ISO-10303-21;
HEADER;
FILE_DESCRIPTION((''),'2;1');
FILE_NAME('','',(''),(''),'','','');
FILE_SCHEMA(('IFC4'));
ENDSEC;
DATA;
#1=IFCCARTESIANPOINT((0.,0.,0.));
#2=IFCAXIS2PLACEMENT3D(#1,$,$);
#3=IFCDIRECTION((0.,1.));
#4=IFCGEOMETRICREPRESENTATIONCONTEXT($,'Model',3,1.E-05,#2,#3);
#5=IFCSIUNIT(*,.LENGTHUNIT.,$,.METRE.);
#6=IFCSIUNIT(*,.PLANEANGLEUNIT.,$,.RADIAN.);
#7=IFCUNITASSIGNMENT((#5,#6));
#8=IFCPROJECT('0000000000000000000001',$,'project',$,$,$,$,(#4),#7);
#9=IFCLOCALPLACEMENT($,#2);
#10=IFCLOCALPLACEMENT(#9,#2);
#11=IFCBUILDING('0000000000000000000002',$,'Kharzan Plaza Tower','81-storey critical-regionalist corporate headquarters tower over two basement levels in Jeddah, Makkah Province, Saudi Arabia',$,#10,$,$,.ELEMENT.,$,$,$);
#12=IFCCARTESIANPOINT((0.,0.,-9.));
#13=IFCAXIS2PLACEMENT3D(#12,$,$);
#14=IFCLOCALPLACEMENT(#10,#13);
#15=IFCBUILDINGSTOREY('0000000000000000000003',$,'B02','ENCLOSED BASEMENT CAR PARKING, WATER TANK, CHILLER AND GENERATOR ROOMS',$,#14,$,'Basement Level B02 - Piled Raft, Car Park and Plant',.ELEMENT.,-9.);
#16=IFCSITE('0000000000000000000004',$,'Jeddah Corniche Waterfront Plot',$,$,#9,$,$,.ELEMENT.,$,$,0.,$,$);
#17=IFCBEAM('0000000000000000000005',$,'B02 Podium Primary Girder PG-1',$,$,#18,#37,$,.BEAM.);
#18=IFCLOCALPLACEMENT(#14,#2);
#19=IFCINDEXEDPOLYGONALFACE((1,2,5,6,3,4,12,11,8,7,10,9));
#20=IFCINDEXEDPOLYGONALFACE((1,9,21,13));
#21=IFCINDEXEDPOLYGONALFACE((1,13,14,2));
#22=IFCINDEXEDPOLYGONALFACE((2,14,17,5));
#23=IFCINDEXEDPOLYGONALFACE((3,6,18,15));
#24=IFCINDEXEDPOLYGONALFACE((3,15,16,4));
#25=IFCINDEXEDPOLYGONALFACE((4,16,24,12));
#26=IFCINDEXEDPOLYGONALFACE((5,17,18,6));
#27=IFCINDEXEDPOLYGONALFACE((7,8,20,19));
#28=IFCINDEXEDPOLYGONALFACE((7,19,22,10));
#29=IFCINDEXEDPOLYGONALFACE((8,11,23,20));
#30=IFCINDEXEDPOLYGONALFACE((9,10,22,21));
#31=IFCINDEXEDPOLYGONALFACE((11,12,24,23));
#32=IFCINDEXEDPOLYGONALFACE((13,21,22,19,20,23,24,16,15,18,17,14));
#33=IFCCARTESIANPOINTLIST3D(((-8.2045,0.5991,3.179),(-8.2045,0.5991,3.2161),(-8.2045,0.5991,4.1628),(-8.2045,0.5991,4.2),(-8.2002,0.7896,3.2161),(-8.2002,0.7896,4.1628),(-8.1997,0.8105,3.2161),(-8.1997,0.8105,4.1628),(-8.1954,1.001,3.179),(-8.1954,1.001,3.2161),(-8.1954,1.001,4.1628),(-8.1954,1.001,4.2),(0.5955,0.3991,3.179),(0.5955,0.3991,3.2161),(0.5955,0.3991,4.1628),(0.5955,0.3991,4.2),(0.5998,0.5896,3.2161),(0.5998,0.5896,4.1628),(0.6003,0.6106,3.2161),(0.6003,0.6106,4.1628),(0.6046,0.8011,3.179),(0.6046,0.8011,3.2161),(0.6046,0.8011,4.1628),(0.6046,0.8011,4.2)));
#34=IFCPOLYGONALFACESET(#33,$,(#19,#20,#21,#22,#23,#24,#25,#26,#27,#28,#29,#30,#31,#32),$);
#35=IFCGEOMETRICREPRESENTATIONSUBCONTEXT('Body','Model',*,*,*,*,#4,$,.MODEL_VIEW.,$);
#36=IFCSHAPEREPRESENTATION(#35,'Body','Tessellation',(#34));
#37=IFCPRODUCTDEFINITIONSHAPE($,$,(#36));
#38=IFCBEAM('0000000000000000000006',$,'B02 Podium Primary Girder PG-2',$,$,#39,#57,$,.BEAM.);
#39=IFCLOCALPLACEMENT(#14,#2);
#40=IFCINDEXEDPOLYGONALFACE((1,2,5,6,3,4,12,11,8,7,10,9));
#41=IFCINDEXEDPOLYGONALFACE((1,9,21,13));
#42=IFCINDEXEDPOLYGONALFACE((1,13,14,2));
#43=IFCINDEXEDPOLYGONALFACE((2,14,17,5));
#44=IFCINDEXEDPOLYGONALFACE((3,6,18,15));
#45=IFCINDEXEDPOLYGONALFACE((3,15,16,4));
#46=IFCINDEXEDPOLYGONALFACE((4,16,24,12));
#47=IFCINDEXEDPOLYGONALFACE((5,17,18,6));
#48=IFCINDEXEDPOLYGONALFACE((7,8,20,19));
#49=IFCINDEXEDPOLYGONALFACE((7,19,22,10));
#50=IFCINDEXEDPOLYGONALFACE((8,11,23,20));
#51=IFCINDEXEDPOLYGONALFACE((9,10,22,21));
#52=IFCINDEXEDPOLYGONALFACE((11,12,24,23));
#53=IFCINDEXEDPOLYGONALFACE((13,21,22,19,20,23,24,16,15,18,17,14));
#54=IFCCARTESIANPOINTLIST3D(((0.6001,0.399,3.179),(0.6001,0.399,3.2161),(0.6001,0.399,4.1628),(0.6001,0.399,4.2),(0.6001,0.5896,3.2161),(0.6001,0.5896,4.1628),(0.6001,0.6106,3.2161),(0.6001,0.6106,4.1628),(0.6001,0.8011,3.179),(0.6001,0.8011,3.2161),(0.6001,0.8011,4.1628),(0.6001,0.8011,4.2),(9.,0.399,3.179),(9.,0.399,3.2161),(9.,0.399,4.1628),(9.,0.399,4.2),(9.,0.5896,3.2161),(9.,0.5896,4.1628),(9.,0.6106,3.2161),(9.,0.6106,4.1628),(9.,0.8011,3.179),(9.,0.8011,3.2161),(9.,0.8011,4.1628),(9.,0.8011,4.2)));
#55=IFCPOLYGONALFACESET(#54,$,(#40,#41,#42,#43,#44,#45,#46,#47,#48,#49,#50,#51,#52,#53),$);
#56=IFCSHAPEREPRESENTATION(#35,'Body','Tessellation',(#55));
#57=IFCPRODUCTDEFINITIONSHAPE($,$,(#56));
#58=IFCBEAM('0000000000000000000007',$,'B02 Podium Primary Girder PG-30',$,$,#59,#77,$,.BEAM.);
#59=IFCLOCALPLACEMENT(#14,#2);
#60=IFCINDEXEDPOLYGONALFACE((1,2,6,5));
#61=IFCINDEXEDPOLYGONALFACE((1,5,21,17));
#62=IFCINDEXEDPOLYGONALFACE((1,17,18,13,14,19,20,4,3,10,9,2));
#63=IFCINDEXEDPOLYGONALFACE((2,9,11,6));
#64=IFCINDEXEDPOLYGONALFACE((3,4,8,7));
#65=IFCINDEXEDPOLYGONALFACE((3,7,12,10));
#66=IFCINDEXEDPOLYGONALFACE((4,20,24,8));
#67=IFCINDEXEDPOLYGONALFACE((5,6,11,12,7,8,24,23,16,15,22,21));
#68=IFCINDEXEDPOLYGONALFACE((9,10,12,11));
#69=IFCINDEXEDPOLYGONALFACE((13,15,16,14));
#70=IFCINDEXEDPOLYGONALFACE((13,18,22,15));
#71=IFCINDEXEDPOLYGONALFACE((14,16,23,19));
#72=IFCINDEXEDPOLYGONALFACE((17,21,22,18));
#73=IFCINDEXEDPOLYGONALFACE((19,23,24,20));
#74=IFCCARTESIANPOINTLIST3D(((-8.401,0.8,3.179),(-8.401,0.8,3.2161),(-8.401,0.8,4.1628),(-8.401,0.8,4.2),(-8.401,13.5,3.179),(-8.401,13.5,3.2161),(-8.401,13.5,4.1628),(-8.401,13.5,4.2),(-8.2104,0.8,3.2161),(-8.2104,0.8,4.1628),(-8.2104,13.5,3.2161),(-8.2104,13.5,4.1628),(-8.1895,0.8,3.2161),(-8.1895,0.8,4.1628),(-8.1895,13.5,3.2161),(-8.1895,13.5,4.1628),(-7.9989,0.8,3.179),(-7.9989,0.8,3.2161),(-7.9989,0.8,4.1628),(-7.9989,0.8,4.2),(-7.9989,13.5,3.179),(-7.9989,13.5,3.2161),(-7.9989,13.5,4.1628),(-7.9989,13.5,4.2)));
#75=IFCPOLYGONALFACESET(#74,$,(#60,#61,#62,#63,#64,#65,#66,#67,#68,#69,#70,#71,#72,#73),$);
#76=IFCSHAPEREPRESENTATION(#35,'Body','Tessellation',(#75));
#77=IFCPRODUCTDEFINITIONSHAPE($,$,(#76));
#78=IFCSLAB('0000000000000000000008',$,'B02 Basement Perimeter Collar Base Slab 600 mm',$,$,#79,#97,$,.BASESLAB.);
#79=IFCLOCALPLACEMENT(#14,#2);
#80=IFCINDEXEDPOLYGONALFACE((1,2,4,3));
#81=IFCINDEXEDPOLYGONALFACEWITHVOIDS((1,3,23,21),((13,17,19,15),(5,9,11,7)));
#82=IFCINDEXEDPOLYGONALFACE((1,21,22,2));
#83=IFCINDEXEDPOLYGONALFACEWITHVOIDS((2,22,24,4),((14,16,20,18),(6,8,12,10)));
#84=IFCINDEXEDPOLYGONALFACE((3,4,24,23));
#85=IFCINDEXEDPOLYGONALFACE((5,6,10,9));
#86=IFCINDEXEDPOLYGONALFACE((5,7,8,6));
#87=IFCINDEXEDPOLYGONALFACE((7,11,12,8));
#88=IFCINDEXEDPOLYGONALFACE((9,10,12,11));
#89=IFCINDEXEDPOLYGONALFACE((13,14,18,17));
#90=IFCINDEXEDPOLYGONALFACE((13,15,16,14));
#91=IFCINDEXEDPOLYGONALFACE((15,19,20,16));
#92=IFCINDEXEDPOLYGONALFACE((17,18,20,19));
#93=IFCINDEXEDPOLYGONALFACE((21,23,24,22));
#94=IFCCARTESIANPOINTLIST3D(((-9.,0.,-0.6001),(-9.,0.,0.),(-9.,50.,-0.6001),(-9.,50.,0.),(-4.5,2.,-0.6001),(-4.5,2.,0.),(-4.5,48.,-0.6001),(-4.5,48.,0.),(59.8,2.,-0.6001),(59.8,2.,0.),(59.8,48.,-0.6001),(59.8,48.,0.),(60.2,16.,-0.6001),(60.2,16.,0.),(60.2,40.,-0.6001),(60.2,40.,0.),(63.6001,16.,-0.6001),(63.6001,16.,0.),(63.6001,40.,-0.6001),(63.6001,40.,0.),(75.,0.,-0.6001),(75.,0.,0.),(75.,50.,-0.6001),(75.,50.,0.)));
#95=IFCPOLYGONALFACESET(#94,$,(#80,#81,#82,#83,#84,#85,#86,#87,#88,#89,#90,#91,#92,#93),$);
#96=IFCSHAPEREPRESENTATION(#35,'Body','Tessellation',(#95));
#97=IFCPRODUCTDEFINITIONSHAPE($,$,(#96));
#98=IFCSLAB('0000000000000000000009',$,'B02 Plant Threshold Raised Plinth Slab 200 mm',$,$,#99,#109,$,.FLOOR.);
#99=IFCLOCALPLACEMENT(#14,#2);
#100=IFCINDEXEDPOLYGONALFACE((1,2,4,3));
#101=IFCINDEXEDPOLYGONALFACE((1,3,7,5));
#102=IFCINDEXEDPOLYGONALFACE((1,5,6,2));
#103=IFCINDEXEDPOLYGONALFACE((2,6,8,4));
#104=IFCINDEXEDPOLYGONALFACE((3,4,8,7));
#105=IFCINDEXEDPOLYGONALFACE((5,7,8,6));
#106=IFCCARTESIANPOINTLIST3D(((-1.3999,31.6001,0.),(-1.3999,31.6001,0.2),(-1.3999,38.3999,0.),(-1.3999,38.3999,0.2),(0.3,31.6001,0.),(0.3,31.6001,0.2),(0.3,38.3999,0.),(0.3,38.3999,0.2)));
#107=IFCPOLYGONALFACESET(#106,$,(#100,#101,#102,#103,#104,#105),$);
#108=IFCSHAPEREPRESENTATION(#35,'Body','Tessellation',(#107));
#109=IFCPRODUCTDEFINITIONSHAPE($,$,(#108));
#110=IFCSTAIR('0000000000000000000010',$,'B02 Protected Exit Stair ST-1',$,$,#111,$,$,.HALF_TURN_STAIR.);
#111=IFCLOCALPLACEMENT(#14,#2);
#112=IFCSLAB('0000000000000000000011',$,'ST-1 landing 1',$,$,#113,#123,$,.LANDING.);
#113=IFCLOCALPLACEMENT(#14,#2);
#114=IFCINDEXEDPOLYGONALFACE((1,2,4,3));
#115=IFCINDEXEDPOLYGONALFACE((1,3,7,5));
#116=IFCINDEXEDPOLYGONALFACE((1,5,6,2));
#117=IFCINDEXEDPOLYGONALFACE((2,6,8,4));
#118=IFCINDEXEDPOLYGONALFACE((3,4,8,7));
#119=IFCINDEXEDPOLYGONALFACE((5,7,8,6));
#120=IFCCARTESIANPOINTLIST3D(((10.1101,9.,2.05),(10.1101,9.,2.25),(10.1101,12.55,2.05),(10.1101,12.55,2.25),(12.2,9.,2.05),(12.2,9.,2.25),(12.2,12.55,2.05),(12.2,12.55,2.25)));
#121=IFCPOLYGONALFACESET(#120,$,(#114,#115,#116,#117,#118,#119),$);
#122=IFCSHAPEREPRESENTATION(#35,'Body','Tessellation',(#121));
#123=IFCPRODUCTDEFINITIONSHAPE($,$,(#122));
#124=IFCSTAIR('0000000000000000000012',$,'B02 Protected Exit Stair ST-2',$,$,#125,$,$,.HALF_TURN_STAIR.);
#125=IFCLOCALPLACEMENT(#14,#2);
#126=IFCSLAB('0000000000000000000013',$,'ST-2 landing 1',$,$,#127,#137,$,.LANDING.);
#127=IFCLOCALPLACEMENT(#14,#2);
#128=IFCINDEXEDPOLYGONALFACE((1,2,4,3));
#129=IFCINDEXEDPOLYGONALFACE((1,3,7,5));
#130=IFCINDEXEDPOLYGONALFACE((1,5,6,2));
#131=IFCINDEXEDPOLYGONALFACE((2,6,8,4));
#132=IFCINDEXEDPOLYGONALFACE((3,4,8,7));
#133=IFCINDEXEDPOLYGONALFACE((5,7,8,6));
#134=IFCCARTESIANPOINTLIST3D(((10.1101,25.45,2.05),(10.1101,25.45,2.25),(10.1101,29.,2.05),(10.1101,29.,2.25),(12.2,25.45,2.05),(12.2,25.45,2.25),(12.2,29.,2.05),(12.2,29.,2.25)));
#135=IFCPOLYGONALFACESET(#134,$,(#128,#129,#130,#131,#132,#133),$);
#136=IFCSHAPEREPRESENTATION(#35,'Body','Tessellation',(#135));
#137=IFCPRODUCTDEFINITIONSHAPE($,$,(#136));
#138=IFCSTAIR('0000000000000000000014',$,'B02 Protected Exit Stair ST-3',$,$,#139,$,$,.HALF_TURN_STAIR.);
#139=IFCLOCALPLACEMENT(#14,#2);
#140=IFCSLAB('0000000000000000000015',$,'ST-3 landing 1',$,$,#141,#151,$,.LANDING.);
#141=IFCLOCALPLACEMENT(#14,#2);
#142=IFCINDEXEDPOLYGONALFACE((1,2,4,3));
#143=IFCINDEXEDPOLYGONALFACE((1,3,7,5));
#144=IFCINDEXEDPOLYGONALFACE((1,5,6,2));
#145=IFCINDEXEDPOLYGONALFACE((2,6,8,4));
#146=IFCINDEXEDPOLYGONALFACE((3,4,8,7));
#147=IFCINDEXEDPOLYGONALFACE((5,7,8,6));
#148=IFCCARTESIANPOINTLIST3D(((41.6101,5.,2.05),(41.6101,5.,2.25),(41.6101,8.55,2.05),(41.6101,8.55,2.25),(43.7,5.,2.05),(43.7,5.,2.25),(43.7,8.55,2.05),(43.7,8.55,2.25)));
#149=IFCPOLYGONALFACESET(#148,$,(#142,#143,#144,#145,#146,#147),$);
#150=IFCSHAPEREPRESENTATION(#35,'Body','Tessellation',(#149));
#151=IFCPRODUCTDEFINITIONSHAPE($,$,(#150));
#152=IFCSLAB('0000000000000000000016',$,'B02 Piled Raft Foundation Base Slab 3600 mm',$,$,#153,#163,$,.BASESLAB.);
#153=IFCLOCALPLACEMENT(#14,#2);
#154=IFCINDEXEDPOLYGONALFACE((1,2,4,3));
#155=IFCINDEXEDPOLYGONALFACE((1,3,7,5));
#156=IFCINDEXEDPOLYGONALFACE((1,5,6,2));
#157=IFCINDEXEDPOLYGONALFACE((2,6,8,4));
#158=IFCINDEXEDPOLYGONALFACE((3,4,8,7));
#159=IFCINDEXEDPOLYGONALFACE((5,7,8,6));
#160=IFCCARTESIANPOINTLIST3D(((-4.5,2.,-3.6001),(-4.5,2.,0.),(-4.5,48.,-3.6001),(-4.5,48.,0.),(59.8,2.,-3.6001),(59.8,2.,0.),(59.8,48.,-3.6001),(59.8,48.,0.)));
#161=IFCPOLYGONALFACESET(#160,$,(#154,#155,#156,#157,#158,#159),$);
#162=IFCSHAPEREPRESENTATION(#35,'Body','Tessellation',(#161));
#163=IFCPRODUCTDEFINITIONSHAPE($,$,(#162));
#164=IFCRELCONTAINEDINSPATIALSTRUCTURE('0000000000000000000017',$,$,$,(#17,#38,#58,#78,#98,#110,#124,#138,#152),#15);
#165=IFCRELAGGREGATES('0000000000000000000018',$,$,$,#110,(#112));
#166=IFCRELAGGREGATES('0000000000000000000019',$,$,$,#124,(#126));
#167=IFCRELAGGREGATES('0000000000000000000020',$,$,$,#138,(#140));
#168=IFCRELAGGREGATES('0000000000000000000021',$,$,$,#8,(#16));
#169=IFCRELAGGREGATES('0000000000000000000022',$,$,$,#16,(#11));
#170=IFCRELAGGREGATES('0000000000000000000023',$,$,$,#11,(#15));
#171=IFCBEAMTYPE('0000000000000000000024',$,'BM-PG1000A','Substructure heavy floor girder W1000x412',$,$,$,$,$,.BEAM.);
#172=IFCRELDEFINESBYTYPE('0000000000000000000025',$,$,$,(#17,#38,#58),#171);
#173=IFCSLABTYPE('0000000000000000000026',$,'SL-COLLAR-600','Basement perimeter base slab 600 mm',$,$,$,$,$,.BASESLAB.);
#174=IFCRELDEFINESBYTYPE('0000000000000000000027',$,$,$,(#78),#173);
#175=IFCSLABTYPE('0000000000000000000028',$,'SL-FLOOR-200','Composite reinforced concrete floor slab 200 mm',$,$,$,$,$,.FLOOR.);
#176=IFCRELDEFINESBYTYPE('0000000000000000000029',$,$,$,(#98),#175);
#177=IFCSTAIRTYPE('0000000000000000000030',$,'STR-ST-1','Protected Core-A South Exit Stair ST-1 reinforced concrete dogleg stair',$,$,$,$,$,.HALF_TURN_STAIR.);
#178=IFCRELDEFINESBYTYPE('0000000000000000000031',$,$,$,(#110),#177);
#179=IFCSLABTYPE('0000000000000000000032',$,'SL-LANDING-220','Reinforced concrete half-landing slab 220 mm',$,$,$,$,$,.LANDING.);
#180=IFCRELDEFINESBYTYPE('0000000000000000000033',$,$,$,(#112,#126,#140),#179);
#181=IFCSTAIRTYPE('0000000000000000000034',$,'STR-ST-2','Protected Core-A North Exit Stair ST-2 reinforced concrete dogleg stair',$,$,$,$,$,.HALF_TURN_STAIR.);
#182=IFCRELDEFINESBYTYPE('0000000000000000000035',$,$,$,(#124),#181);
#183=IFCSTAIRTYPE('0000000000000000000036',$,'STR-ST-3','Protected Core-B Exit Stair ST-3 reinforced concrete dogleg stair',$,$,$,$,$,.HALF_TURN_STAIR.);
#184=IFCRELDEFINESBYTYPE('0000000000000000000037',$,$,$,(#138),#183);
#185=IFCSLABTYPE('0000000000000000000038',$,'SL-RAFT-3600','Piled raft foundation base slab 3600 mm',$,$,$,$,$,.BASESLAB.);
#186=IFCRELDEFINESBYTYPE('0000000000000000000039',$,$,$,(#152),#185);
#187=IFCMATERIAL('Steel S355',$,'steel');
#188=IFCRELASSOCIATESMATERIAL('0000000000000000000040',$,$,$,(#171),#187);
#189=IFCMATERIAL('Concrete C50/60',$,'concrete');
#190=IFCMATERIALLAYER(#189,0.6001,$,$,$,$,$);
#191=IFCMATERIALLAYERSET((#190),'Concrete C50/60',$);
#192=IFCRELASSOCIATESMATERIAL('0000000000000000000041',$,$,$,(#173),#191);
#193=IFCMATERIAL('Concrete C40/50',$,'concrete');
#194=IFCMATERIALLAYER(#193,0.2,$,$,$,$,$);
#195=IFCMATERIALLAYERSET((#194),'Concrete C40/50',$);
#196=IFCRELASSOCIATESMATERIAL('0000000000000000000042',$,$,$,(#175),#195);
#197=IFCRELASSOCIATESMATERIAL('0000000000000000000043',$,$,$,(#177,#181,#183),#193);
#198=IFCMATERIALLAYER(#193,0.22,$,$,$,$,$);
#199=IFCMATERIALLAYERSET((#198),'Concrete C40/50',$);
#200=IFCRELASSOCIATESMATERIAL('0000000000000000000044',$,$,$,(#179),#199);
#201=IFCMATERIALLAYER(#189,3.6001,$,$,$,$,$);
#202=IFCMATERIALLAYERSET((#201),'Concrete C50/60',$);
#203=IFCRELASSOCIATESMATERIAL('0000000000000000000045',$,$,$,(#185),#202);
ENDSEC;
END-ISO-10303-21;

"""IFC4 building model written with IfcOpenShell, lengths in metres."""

from ifc_helpers import new_model, si_unit, direction, frame, origin, origin_2d, place, context, subcontext, project, spatial, polyline, i_section, outline, extrude, source, transform, mapped, material, layer, layer_set, material_profile, profile_set, type_object, element, aggregate, save


model = new_model("IFC4")

# Units and contexts
model_context = context("Model", 3, precision=1e-05, world=origin(), true_north=direction((0.0, 1.0)))
body_context = subcontext(model_context, "Body", "Model", "MODEL_VIEW")
ifc_project = project(units=[si_unit("LENGTHUNIT", "METRE"), si_unit("PLANEANGLEUNIT", "RADIAN")], contexts=[model_context])

# Site, building, storey
site_placement = place(None, origin())
site = spatial("IfcSite", under=ifc_project, at=site_placement, Name="Jeddah Corniche Waterfront Plot", CompositionType="ELEMENT", RefElevation=0.0)
building_placement = place(site_placement, origin())
building = spatial("IfcBuilding", under=site, at=building_placement, Name="Kharzan Plaza Tower", Description="81-storey critical-regionalist corporate headquarters tower over two basement levels in Jeddah, Makkah Province, Saudi Arabia", CompositionType="ELEMENT")
storey_placement = place(building_placement, frame((0.0, 0.0, -9.0)))
storey = spatial("IfcBuildingStorey", under=building, at=storey_placement, Name="B02", Description="ENCLOSED BASEMENT CAR PARKING, WATER TANK, CHILLER AND GENERATOR ROOMS", LongName="Basement Level B02 - Piled Raft, Car Park and Plant", CompositionType="ELEMENT", Elevation=-9.0)

# Shared definitions
ifc_material_1 = material(Name="Concrete C50/60", Category="concrete")

# Shared definitions
ifc_material_2 = material(Name="Steel S355", Category="steel")

# Beams
ifc_material_profile_1 = material_profile(ifc_material_2, i_section(OverallWidth=0.4021, OverallDepth=1.021, WebThickness=0.021, FlangeThickness=0.0371, at=origin_2d()), Name="W1000x412")
ifc_profile_set_1 = profile_set([ifc_material_profile_1], Name="Steel S355")
beam_type = type_object("IfcBeamType", Name="BM-PG1000A", Description="Substructure heavy floor girder W1000x412", PredefinedType="BEAM", material=ifc_profile_set_1)
shared_shape_1 = source(origin(), body_context, "Body", "SweptSolid", [
    extrude(i_section(OverallWidth=0.4021, OverallDepth=1.021, WebThickness=0.021, FlangeThickness=0.0371, at=origin_2d()), origin(), (0.0, 0.0, 1.0), 8.8022),
])
beam_1_placement = place(storey_placement, frame((-8.2, 0.8, 3.6895), z_axis=(0.999742, -0.022716, 0.0), x_axis=(0.022716, 0.999742, 0.0)))
element("IfcBeam", 1, at=beam_1_placement, inside=storey, type_object=beam_type, Name="B02 Podium Primary Girder PG-1", PredefinedType="BEAM", context=body_context, shape_type="MappedRepresentation", body=[
    mapped(shared_shape_1, transform((0.0, 0.0, 0.0), x_axis=(1.0, 0.0, 0.0), y_axis=(0.0, 1.0, 0.0), z_axis=(0.0, 0.0, 1.0))),
])
shared_shape_2 = source(origin(), body_context, "Body", "SweptSolid", [
    extrude(i_section(OverallWidth=0.4021, OverallDepth=1.021, WebThickness=0.021, FlangeThickness=0.0371, at=origin_2d()), origin(), (0.0, 0.0, 1.0), 8.3999),
])
beam_2_placement = place(storey_placement, frame((0.6001, 0.6001, 3.6895), z_axis=(1.0, 0.0, 0.0), x_axis=(0.0, 1.0, 0.0)))
element("IfcBeam", 2, at=beam_2_placement, inside=storey, type_object=beam_type, Name="B02 Podium Primary Girder PG-2", PredefinedType="BEAM", context=body_context, shape_type="MappedRepresentation", body=[
    mapped(shared_shape_2, transform((0.0, 0.0, 0.0), x_axis=(1.0, 0.0, 0.0), y_axis=(0.0, 1.0, 0.0), z_axis=(0.0, 0.0, 1.0))),
])
shared_shape_3 = source(origin(), body_context, "Body", "SweptSolid", [
    extrude(i_section(OverallWidth=0.4021, OverallDepth=1.021, WebThickness=0.021, FlangeThickness=0.0371, at=origin_2d()), origin(), (0.0, 0.0, 1.0), 12.7),
])
beam_3_placement = place(storey_placement, frame((-8.2, 0.8, 3.6895), z_axis=(0.0, 1.0, 0.0), x_axis=(-1.0, 0.0, 0.0)))
element("IfcBeam", 3, at=beam_3_placement, inside=storey, type_object=beam_type, Name="B02 Podium Primary Girder PG-30", PredefinedType="BEAM", context=body_context, shape_type="MappedRepresentation", body=[
    mapped(shared_shape_3, transform((0.0, 0.0, 0.0), x_axis=(1.0, 0.0, 0.0), y_axis=(0.0, 1.0, 0.0), z_axis=(0.0, 0.0, 1.0))),
])

# Slabs
ifc_layer_1 = layer(ifc_material_1, 0.6001)
ifc_layer_set_1 = layer_set([ifc_layer_1], Name="Concrete C50/60")
slab_type_1 = type_object("IfcSlabType", Name="SL-COLLAR-600", Description="Basement perimeter base slab 600 mm", PredefinedType="BASESLAB", material=ifc_layer_set_1)
slab_1_placement = place(storey_placement, frame((0.0, 0.0, -0.6001)))
element("IfcSlab", 4, at=slab_1_placement, inside=storey, type_object=slab_type_1, Name="B02 Basement Perimeter Collar Base Slab 600 mm", PredefinedType="BASESLAB", context=body_context, shape_type="SweptSolid", body=[
    extrude(outline(polyline([(-9.0, 0.0), (75.0, 0.0), (75.0, 50.0), (-9.0, 50.0), (-9.0, 0.0)]), holes=[polyline([(-4.5, 2.0), (59.8, 2.0), (59.8, 48.0), (-4.5, 48.0), (-4.5, 2.0)]), polyline([(60.2, 16.0), (63.6001, 16.0), (63.6001, 40.0), (60.2, 40.0), (60.2, 16.0)])]), origin(), (0.0, 0.0, 1.0), 0.6001),
])
ifc_material_3 = material(Name="Concrete C40/50", Category="concrete")
ifc_layer_2 = layer(ifc_material_3, 0.2)
ifc_layer_set_2 = layer_set([ifc_layer_2], Name="Concrete C40/50")
slab_type_2 = type_object("IfcSlabType", Name="SL-FLOOR-200", Description="Composite reinforced concrete floor slab 200 mm", PredefinedType="FLOOR", material=ifc_layer_set_2)
slab_2_placement = place(storey_placement, origin())
element("IfcSlab", 5, at=slab_2_placement, inside=storey, type_object=slab_type_2, Name="B02 Plant Threshold Raised Plinth Slab 200 mm", PredefinedType="FLOOR", context=body_context, shape_type="SweptSolid", body=[
    extrude(outline(polyline([(-1.3999, 31.6001), (0.3, 31.6001), (0.3, 38.3999), (-1.3999, 38.3999), (-1.3999, 31.6001)])), origin(), (0.0, 0.0, 1.0), 0.2),
])

# Stairs, slabs
stair_type_1 = type_object("IfcStairType", Name="STR-ST-1", Description="Protected Core-A South Exit Stair ST-1 reinforced concrete dogleg stair", PredefinedType="HALF_TURN_STAIR", material=ifc_material_3)
stair_1_placement = place(storey_placement, origin())
stair_1 = element("IfcStair", 6, at=stair_1_placement, inside=storey, type_object=stair_type_1, Name="B02 Protected Exit Stair ST-1", PredefinedType="HALF_TURN_STAIR")
ifc_layer_3 = layer(ifc_material_3, 0.22)
ifc_layer_set_3 = layer_set([ifc_layer_3], Name="Concrete C40/50")
slab_type_3 = type_object("IfcSlabType", Name="SL-LANDING-220", Description="Reinforced concrete half-landing slab 220 mm", PredefinedType="LANDING", material=ifc_layer_set_3)
slab_3_placement = place(storey_placement, frame((0.0, 0.0, 2.05)))
slab_3 = element("IfcSlab", 7, at=slab_3_placement, type_object=slab_type_3, Name="ST-1 landing 1", PredefinedType="LANDING", context=body_context, shape_type="SweptSolid", body=[
    extrude(outline(polyline([(10.1101, 9.0), (12.2, 9.0), (12.2, 12.55), (10.1101, 12.55), (10.1101, 9.0)])), origin(), (0.0, 0.0, 1.0), 0.2),
])
aggregate(stair_1, [slab_3])
stair_type_2 = type_object("IfcStairType", Name="STR-ST-2", Description="Protected Core-A North Exit Stair ST-2 reinforced concrete dogleg stair", PredefinedType="HALF_TURN_STAIR", material=ifc_material_3)
stair_2_placement = place(storey_placement, origin())
stair_2 = element("IfcStair", 8, at=stair_2_placement, inside=storey, type_object=stair_type_2, Name="B02 Protected Exit Stair ST-2", PredefinedType="HALF_TURN_STAIR")
slab_4_placement = place(storey_placement, frame((0.0, 0.0, 2.05)))
slab_4 = element("IfcSlab", 9, at=slab_4_placement, type_object=slab_type_3, Name="ST-2 landing 1", PredefinedType="LANDING", context=body_context, shape_type="SweptSolid", body=[
    extrude(outline(polyline([(10.1101, 25.45), (12.2, 25.45), (12.2, 29.0), (10.1101, 29.0), (10.1101, 25.45)])), origin(), (0.0, 0.0, 1.0), 0.2),
])
aggregate(stair_2, [slab_4])
stair_type_3 = type_object("IfcStairType", Name="STR-ST-3", Description="Protected Core-B Exit Stair ST-3 reinforced concrete dogleg stair", PredefinedType="HALF_TURN_STAIR", material=ifc_material_3)
stair_3_placement = place(storey_placement, origin())
stair_3 = element("IfcStair", 10, at=stair_3_placement, inside=storey, type_object=stair_type_3, Name="B02 Protected Exit Stair ST-3", PredefinedType="HALF_TURN_STAIR")
slab_5_placement = place(storey_placement, frame((0.0, 0.0, 2.05)))
slab_5 = element("IfcSlab", 11, at=slab_5_placement, type_object=slab_type_3, Name="ST-3 landing 1", PredefinedType="LANDING", context=body_context, shape_type="SweptSolid", body=[
    extrude(outline(polyline([(41.6101, 5.0), (43.7, 5.0), (43.7, 8.55), (41.6101, 8.55), (41.6101, 5.0)])), origin(), (0.0, 0.0, 1.0), 0.2),
])
aggregate(stair_3, [slab_5])

# Slab
ifc_layer_4 = layer(ifc_material_1, 3.6001)
ifc_layer_set_4 = layer_set([ifc_layer_4], Name="Concrete C50/60")
slab_type_4 = type_object("IfcSlabType", Name="SL-RAFT-3600", Description="Piled raft foundation base slab 3600 mm", PredefinedType="BASESLAB", material=ifc_layer_set_4)
slab_6_placement = place(storey_placement, frame((0.0, 0.0, -3.6001)))
element("IfcSlab", 12, at=slab_6_placement, inside=storey, type_object=slab_type_4, Name="B02 Piled Raft Foundation Base Slab 3600 mm", PredefinedType="BASESLAB", context=body_context, shape_type="SweptSolid", body=[
    extrude(outline(polyline([(-4.5, 2.0), (59.8, 2.0), (59.8, 48.0), (-4.5, 48.0), (-4.5, 2.0)])), origin(), (0.0, 0.0, 1.0), 3.6001),
])

save(model, "model.ifc")
